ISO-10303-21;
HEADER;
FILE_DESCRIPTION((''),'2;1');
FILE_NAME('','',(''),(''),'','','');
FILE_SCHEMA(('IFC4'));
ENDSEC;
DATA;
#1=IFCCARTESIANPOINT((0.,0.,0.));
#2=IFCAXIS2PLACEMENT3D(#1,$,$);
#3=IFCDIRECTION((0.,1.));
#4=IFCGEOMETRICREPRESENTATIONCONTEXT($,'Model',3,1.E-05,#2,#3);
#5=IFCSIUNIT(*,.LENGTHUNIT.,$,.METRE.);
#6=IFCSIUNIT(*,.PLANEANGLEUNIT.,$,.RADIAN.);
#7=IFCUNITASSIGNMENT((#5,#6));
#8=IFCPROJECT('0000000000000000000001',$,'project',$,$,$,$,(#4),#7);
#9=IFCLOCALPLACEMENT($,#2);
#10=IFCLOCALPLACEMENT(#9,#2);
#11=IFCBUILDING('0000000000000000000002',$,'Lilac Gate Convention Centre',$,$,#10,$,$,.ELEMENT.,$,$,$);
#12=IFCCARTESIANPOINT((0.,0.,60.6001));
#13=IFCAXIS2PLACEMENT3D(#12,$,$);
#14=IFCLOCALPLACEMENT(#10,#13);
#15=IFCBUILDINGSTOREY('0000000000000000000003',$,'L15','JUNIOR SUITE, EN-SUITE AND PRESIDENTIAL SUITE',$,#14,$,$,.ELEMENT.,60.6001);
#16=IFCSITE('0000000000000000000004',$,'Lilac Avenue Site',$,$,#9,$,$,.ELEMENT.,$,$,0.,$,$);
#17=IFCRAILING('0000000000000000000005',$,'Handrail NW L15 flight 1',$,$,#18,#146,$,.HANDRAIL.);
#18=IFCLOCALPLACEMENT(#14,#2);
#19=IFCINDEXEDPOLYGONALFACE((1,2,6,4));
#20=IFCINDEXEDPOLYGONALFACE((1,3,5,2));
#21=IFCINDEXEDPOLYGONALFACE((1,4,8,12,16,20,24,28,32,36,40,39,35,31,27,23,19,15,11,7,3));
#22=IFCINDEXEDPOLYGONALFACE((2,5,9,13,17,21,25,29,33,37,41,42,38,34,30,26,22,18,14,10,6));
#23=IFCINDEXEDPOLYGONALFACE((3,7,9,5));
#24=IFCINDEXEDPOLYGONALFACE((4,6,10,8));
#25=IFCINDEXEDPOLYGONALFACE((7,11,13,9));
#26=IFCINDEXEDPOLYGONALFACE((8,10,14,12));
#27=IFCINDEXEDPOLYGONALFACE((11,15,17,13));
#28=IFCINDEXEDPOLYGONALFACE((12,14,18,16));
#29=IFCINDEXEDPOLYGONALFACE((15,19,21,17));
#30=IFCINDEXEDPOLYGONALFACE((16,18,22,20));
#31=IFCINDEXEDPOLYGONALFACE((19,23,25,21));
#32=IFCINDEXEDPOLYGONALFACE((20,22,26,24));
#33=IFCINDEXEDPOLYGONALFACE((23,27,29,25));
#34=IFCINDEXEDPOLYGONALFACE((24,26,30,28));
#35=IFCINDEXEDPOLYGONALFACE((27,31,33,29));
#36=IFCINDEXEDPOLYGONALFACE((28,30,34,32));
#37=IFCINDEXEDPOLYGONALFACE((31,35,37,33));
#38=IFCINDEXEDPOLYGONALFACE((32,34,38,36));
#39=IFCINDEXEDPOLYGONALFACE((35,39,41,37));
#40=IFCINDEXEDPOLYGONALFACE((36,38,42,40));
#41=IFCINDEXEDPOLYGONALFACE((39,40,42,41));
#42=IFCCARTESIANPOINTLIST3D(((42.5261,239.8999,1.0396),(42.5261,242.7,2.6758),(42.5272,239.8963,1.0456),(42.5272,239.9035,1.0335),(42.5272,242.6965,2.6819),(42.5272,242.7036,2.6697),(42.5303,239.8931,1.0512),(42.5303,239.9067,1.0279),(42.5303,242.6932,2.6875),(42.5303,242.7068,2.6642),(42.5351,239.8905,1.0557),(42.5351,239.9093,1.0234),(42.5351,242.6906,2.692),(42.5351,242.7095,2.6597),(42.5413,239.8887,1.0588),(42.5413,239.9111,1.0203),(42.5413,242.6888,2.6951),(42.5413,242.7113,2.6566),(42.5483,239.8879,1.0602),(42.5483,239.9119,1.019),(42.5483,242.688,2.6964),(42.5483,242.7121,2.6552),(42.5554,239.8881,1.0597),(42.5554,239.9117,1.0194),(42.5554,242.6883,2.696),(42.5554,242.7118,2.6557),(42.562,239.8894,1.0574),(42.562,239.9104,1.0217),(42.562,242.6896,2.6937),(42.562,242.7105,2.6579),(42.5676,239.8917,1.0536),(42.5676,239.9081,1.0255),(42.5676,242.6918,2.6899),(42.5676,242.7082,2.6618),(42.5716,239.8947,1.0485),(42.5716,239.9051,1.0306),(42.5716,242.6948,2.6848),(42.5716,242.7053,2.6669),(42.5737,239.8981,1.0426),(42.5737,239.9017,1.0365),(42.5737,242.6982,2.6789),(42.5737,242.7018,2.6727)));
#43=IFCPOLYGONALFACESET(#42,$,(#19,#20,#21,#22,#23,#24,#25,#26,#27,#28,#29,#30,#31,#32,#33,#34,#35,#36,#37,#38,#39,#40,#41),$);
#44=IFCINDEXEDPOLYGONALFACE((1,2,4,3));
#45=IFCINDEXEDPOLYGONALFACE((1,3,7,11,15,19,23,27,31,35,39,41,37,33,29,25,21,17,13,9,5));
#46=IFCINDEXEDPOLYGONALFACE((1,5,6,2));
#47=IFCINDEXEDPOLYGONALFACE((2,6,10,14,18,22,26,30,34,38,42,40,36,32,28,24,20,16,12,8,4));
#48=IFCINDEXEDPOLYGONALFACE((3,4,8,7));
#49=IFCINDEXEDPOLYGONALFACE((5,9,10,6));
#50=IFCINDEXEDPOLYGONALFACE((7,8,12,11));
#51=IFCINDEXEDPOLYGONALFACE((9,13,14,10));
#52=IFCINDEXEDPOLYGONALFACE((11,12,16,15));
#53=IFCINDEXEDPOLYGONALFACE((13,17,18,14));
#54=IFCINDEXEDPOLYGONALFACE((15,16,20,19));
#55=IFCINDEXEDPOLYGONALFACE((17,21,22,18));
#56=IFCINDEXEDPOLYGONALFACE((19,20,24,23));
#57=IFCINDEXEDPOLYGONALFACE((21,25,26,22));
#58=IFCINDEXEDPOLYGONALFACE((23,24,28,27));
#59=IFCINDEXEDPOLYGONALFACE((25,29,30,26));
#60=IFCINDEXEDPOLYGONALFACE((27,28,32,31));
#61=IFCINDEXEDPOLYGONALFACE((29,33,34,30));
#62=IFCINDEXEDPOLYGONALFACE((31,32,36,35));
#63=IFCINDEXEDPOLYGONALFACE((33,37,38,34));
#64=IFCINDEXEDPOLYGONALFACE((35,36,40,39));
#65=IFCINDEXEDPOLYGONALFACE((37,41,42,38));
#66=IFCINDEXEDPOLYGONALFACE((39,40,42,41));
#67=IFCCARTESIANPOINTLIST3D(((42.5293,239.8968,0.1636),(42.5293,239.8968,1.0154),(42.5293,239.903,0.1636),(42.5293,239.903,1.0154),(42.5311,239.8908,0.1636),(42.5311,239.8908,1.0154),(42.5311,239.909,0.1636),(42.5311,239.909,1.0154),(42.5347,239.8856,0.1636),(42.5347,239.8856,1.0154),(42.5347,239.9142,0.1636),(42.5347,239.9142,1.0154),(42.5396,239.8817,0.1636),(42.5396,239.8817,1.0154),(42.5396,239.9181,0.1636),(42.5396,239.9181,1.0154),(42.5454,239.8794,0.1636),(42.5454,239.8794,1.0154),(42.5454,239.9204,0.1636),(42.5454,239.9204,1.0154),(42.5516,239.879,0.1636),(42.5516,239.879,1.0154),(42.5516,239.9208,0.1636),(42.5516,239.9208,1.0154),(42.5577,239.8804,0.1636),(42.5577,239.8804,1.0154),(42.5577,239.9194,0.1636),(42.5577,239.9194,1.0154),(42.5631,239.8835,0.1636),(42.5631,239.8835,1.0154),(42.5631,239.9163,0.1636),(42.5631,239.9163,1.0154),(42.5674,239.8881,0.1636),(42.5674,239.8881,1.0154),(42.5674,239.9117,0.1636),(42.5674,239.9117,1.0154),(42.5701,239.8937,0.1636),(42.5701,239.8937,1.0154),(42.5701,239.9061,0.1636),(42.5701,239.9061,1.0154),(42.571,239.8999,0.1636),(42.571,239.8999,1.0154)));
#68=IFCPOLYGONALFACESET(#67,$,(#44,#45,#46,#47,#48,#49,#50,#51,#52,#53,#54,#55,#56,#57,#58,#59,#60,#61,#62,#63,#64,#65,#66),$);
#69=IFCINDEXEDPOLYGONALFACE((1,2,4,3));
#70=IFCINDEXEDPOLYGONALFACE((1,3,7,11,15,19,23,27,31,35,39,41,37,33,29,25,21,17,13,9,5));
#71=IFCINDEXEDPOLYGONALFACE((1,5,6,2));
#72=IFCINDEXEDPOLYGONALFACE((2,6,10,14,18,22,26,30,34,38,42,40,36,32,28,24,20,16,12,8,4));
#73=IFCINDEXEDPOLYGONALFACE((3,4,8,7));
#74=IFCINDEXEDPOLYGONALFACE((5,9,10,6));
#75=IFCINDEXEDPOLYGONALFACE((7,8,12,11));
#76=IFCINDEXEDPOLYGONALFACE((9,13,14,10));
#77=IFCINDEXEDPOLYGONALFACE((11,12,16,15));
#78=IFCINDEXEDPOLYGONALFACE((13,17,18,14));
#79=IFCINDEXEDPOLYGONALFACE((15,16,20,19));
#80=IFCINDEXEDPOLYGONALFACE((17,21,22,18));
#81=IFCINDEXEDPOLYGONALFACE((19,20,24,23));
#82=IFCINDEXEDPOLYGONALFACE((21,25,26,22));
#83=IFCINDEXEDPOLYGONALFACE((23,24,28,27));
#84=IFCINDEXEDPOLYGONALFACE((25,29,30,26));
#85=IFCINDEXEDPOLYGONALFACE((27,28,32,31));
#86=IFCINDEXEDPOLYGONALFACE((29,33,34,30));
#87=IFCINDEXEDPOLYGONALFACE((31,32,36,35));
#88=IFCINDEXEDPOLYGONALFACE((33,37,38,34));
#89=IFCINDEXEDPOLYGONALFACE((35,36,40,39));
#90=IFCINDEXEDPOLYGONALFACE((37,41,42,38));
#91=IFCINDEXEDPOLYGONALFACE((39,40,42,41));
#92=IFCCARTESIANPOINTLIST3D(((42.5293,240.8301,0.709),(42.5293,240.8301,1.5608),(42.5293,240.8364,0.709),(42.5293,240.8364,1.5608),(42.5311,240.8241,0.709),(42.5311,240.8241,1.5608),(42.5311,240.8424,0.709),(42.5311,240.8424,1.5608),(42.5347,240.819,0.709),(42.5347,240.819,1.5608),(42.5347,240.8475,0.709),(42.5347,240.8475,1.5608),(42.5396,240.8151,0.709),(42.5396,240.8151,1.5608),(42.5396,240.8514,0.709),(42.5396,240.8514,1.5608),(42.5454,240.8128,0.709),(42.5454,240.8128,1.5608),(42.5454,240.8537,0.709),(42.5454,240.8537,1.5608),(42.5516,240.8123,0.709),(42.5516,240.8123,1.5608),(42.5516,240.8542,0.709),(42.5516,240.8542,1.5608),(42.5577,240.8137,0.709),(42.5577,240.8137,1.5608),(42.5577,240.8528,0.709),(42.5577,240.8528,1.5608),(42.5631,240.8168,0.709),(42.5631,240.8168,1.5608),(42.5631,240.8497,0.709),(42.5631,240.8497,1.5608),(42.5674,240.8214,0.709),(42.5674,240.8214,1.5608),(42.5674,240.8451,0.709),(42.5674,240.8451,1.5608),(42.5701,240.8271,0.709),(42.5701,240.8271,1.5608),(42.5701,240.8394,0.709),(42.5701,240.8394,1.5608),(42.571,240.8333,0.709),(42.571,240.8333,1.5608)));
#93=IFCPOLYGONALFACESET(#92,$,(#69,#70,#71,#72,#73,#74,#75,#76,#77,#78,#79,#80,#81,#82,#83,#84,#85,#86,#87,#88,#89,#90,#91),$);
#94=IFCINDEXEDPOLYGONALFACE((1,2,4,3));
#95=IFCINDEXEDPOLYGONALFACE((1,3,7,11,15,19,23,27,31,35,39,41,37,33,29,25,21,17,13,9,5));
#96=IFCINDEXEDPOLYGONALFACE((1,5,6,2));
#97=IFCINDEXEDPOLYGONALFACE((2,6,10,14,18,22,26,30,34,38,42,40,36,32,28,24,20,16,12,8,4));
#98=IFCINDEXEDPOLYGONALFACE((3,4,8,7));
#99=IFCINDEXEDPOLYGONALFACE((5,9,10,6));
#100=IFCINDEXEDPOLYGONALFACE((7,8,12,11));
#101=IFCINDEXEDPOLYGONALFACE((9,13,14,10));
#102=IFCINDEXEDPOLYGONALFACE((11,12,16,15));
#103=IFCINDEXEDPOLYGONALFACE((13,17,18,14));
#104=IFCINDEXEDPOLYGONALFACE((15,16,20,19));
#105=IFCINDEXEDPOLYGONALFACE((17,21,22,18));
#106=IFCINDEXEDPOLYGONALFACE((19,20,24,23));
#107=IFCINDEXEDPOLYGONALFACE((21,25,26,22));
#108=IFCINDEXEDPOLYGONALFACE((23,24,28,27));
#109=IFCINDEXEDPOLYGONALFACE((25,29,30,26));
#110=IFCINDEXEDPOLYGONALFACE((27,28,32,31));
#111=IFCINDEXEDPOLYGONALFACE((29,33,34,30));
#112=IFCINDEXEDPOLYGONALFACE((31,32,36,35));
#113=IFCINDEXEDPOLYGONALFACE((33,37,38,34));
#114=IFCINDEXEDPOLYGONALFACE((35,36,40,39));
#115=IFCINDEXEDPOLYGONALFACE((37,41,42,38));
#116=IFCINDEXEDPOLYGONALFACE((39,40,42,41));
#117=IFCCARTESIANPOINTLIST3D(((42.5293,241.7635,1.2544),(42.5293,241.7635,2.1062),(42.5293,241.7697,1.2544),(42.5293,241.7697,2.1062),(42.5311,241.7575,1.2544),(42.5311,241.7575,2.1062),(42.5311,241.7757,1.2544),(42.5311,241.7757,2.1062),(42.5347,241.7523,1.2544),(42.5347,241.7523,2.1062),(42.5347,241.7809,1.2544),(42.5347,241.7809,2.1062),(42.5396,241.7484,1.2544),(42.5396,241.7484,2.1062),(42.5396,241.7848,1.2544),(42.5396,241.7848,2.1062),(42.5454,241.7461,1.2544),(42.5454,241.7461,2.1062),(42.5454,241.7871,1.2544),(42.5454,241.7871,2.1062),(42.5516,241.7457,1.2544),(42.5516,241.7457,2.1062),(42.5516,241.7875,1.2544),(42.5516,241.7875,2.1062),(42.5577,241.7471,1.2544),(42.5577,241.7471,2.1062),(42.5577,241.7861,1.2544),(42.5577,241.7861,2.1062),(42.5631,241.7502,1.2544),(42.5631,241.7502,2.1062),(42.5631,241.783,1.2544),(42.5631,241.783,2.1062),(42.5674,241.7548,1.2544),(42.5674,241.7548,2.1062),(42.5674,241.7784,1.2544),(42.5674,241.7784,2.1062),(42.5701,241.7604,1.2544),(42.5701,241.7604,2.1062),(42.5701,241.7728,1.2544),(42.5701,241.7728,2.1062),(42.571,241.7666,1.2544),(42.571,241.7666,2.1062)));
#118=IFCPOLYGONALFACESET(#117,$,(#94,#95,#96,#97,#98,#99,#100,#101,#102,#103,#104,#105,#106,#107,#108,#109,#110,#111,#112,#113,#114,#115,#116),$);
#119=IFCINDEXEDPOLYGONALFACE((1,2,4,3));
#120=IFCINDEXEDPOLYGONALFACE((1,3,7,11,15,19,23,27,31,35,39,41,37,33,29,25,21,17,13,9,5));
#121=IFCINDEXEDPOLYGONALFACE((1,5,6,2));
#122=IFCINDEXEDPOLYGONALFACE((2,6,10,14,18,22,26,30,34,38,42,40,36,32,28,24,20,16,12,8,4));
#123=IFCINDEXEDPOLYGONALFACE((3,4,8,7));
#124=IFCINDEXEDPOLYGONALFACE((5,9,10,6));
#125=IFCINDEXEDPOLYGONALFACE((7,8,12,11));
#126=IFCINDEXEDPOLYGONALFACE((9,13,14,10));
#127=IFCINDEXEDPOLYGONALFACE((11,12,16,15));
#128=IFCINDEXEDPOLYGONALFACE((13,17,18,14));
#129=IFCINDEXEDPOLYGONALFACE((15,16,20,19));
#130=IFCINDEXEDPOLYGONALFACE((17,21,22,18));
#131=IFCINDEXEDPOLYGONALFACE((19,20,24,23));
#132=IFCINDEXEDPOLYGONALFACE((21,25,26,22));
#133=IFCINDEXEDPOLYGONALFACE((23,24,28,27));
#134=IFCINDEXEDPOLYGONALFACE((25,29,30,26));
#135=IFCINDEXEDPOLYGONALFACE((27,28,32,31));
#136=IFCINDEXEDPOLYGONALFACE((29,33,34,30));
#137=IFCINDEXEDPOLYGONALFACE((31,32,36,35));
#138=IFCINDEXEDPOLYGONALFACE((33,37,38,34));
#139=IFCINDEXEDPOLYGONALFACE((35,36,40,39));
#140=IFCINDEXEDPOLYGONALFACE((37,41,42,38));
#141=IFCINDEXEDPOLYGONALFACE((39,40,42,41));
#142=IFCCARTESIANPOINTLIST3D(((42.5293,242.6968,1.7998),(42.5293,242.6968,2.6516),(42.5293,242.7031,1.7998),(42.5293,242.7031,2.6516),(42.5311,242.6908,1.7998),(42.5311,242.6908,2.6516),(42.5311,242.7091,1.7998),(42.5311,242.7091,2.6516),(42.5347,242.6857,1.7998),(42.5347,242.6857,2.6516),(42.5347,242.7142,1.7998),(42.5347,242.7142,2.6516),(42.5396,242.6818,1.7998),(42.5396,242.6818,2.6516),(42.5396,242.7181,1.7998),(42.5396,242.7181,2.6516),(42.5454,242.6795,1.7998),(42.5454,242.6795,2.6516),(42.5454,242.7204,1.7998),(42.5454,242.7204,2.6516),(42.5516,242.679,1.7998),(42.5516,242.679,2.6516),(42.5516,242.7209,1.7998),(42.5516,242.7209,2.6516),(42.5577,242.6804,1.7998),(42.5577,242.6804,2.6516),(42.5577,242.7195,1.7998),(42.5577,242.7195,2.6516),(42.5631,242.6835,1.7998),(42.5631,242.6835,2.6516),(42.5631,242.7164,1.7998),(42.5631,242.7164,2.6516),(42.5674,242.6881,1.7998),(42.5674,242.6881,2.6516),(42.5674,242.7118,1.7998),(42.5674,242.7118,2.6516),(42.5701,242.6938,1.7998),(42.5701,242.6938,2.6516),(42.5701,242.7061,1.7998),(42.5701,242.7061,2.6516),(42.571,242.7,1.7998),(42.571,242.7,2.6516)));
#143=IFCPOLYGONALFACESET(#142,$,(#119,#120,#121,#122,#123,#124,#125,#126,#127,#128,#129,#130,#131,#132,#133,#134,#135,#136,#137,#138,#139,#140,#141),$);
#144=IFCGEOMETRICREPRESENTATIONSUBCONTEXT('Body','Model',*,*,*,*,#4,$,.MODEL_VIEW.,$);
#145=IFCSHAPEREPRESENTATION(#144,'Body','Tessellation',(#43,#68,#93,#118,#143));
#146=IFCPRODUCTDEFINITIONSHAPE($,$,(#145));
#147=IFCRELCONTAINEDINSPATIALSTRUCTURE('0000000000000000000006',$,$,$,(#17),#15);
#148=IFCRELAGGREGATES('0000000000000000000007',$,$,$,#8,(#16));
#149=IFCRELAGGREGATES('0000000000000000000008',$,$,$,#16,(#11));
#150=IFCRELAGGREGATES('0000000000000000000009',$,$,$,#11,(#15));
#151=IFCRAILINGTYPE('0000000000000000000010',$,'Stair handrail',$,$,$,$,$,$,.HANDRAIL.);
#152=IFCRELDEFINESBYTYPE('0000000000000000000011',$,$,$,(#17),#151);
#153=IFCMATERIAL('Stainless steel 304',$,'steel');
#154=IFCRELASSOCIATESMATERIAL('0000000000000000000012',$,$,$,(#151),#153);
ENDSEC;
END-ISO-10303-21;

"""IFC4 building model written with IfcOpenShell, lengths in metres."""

from ifc_helpers import new_model, si_unit, direction, frame, origin, origin_2d, place, context, subcontext, project, spatial, circle, extrude, material, type_object, element, save


model = new_model("IFC4")

# Units and contexts
model_context = context("Model", 3, precision=1e-05, world=origin(), true_north=direction((0.0, 1.0)))
body_context = subcontext(model_context, "Body", "Model", "MODEL_VIEW")
ifc_project = project(units=[si_unit("LENGTHUNIT", "METRE"), si_unit("PLANEANGLEUNIT", "RADIAN")], contexts=[model_context])

# Site, building, storey
site_placement = place(None, origin())
site = spatial("IfcSite", under=ifc_project, at=site_placement, Name="Lilac Avenue Site", CompositionType="ELEMENT", RefElevation=0.0)
building_placement = place(site_placement, origin())
building = spatial("IfcBuilding", under=site, at=building_placement, Name="Lilac Gate Convention Centre", CompositionType="ELEMENT")
storey_placement = place(building_placement, frame((0.0, 0.0, 60.6001)))
storey = spatial("IfcBuildingStorey", under=building, at=storey_placement, Name="L15", Description="JUNIOR SUITE, EN-SUITE AND PRESIDENTIAL SUITE", CompositionType="ELEMENT", Elevation=60.6001)

# Railing
ifc_material_1 = material(Name="Stainless steel 304", Category="steel")
railing_type = type_object("IfcRailingType", Name="Stair handrail", PredefinedType="HANDRAIL", material=ifc_material_1)
for number, where, name in (
    (1, (42.55, 239.8999, 0.1636), "Handrail NW L15 flight 1"),
):
    element("IfcRailing", number, at=place(storey_placement, frame(where)), inside=storey, type_object=railing_type, Name=name, PredefinedType="HANDRAIL", context=body_context, shape_type="SweptSolid", body=[
        extrude(circle(Radius=0.0239, at=origin_2d()), frame((0.0, 0.0, 0.876), z_axis=(0.0, 0.863394, 0.504531), x_axis=(-1.0, 0.0, 0.0)), (0.0, 0.0, 1.0), 3.2432),
        extrude(circle(Radius=0.021, at=origin_2d()), origin(), (0.0, 0.0, 1.0), 0.8518),
        extrude(circle(Radius=0.021, at=origin_2d()), frame((0.0, 0.9333, 0.5454)), (0.0, 0.0, 1.0), 0.8518),
        extrude(circle(Radius=0.021, at=origin_2d()), frame((0.0, 1.8667, 1.0908)), (0.0, 0.0, 1.0), 0.8518),
        extrude(circle(Radius=0.021, at=origin_2d()), frame((0.0, 2.8, 1.6362)), (0.0, 0.0, 1.0), 0.8518),
    ])

save(model, "model.ifc")
